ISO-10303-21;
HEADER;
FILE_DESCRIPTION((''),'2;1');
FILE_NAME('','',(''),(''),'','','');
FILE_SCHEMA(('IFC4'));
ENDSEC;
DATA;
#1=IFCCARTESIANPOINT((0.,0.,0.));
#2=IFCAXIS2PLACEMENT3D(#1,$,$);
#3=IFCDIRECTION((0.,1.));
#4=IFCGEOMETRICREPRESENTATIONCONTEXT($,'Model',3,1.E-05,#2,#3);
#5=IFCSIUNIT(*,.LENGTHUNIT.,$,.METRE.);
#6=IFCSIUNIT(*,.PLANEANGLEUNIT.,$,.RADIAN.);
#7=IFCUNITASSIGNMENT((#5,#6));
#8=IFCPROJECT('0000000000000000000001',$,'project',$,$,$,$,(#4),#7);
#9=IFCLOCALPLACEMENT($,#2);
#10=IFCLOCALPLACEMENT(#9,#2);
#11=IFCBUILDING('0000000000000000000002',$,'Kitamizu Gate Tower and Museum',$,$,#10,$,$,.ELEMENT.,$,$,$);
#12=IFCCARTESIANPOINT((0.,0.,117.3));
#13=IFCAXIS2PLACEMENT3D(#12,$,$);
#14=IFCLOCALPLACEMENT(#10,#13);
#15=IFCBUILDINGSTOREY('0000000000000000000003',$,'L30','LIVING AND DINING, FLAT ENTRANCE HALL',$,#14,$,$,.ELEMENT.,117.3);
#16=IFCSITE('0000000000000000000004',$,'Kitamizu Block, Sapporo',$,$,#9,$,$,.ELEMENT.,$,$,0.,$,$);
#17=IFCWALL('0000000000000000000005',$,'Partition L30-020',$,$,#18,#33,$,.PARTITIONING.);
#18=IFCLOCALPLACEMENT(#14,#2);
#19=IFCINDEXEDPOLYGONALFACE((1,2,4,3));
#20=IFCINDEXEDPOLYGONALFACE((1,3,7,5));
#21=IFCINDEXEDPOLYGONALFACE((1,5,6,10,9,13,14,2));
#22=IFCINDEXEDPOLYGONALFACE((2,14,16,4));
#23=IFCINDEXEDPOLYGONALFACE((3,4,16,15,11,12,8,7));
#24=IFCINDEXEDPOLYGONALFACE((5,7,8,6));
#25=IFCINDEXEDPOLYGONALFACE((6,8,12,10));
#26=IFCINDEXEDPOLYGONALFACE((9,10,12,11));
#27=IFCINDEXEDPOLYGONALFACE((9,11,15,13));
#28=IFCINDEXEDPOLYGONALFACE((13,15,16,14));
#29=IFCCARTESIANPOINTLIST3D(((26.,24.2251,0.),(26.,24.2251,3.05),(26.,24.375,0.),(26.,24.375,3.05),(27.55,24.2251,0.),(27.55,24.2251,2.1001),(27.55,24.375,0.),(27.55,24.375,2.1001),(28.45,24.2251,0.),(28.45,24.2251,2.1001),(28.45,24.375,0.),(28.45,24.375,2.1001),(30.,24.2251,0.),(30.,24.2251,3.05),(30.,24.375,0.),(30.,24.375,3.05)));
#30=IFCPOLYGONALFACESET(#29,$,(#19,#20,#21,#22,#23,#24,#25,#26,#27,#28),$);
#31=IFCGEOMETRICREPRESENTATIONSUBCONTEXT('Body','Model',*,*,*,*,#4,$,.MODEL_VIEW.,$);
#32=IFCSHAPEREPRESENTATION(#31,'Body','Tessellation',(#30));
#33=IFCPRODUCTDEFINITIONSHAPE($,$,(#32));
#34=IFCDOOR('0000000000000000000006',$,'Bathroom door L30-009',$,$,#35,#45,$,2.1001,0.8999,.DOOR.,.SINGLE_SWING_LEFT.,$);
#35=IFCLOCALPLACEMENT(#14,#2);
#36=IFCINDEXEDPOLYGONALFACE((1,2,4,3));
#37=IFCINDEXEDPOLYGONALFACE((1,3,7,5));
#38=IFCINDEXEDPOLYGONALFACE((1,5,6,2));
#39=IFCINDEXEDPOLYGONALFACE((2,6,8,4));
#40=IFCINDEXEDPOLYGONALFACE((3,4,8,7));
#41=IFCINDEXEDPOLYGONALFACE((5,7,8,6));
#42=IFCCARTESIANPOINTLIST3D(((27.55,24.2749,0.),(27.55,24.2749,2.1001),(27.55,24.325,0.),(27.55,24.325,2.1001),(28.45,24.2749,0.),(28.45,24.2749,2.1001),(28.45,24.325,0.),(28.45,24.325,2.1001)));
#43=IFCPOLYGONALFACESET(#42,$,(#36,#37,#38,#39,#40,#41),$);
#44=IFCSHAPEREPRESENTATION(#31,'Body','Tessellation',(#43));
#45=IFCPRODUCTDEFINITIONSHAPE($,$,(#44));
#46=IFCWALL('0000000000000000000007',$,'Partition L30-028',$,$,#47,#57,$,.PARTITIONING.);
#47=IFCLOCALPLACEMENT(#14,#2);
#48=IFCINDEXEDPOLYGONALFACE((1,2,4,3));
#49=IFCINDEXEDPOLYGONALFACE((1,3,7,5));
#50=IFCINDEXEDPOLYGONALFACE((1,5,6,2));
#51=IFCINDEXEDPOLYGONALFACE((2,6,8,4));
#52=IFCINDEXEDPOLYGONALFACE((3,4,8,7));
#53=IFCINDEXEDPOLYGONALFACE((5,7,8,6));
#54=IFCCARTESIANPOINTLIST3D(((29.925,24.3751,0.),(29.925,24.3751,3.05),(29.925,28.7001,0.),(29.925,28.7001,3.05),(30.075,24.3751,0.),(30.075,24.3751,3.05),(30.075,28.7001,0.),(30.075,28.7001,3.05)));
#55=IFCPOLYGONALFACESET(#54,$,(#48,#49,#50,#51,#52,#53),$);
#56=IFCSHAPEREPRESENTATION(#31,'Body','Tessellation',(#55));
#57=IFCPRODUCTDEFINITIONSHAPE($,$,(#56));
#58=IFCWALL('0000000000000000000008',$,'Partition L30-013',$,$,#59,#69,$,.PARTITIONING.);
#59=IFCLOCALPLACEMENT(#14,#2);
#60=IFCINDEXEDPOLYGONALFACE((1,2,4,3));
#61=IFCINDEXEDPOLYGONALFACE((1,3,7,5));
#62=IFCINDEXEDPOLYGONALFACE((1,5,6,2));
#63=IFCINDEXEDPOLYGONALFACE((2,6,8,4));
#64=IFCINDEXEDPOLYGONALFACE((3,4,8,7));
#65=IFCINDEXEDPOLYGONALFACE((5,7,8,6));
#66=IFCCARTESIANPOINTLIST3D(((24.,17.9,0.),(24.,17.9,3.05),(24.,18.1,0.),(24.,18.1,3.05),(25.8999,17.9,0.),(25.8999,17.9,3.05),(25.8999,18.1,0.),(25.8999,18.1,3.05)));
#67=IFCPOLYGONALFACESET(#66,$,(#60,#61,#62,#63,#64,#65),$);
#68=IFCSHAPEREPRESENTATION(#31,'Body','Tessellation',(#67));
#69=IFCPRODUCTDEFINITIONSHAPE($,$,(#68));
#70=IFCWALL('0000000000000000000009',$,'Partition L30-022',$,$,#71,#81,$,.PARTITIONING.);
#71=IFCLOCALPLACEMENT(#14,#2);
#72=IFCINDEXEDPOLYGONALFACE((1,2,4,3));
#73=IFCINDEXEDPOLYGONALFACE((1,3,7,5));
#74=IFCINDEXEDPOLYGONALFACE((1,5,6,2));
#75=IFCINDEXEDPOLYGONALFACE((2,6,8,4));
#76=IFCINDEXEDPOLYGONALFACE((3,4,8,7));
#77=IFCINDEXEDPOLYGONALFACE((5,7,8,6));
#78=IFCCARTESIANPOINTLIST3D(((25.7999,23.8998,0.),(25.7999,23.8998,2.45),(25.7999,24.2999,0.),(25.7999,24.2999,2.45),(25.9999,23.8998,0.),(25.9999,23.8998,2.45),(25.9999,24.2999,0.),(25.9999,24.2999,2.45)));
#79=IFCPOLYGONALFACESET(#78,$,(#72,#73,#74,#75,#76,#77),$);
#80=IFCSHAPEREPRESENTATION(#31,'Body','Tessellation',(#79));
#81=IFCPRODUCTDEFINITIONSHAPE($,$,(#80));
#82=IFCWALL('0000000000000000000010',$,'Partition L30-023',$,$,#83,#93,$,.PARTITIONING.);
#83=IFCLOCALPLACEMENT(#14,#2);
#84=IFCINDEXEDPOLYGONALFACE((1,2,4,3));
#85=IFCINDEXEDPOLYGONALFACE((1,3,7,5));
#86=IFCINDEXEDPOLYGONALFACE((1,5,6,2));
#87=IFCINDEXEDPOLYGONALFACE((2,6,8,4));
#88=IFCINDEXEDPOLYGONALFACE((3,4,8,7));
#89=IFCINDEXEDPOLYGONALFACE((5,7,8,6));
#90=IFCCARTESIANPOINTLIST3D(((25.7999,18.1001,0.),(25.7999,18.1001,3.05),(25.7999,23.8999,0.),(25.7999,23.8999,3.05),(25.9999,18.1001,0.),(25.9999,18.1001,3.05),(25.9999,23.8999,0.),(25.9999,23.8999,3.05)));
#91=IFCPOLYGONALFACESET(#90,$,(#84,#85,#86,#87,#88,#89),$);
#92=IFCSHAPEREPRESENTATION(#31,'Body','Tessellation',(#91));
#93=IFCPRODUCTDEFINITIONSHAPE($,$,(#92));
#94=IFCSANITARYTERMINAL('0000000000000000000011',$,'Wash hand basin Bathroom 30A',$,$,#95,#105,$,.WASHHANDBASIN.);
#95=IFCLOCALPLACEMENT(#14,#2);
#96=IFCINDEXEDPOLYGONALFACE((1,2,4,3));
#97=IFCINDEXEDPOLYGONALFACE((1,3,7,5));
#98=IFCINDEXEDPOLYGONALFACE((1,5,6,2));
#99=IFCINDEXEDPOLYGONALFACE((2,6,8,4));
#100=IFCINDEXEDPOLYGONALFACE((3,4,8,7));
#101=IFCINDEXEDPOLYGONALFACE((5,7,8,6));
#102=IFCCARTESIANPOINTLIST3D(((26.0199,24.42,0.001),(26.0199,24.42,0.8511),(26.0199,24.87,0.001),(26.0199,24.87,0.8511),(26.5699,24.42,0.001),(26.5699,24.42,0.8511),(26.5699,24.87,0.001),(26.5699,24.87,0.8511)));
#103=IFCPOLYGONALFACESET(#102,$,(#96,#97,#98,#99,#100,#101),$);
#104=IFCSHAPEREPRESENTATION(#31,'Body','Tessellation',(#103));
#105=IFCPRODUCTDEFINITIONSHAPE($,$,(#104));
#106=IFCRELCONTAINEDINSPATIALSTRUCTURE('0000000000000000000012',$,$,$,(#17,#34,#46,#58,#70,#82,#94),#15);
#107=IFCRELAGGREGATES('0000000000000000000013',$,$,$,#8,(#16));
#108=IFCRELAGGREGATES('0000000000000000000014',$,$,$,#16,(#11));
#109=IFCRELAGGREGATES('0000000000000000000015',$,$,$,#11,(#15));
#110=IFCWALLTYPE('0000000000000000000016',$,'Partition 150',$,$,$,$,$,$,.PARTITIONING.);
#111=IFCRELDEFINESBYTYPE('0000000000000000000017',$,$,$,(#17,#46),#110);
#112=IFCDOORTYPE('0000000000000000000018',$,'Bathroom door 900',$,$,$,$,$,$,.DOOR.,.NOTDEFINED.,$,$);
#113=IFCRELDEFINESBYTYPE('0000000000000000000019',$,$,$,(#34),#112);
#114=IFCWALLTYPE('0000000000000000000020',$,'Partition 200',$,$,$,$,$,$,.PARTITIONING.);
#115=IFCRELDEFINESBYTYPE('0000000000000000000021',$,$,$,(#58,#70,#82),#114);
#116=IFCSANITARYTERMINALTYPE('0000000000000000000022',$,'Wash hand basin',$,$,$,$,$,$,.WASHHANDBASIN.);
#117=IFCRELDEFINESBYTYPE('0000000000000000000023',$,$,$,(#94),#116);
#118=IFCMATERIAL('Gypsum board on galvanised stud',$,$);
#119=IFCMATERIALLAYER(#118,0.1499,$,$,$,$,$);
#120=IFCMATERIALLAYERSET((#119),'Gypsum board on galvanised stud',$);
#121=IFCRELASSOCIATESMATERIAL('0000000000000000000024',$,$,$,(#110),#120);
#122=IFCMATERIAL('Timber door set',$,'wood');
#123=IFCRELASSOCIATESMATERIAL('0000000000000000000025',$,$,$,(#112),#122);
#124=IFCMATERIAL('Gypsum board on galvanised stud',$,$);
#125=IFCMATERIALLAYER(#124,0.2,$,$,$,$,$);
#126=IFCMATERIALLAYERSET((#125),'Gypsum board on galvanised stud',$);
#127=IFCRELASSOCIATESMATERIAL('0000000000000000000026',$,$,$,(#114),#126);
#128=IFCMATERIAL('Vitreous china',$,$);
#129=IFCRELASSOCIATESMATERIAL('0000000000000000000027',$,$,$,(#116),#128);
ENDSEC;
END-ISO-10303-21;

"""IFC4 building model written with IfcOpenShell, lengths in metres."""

from ifc_helpers import new_model, si_unit, direction, frame, frame_2d, origin, origin_2d, place, context, subcontext, project, spatial, rectangle, extrude, material, layer, layer_set, type_object, element, fill, save


model = new_model("IFC4")

# Units and contexts
model_context = context("Model", 3, precision=1e-05, world=origin(), true_north=direction((0.0, 1.0)))
body_context = subcontext(model_context, "Body", "Model", "MODEL_VIEW")
ifc_project = project(units=[si_unit("LENGTHUNIT", "METRE"), si_unit("PLANEANGLEUNIT", "RADIAN")], contexts=[model_context])

# Site, building, storey
site_placement = place(None, origin())
site = spatial("IfcSite", under=ifc_project, at=site_placement, Name="Kitamizu Block, Sapporo", CompositionType="ELEMENT", RefElevation=0.0)
building_placement = place(site_placement, origin())
building = spatial("IfcBuilding", under=site, at=building_placement, Name="Kitamizu Gate Tower and Museum", CompositionType="ELEMENT")
storey_placement = place(building_placement, frame((0.0, 0.0, 117.3)))
storey = spatial("IfcBuildingStorey", under=building, at=storey_placement, Name="L30", Description="LIVING AND DINING, FLAT ENTRANCE HALL", CompositionType="ELEMENT", Elevation=117.3)

# Wall, opening, door
ifc_material_1 = material(Name="Gypsum board on galvanised stud")
ifc_layer_1 = layer(ifc_material_1, 0.1499)
ifc_layer_set_1 = layer_set([ifc_layer_1], Name="Gypsum board on galvanised stud")
wall_type_1 = type_object("IfcWallType", Name="Partition 150", PredefinedType="PARTITIONING", material=ifc_layer_set_1)
ifc_material_2 = material(Name="Timber door set", Category="wood")
door_type_1 = type_object("IfcDoorType", Name="Bathroom door 900", OperationType="NOTDEFINED", PredefinedType="DOOR", material=ifc_material_2)
wall_1_placement = place(storey_placement, frame((30.0, 24.3, 0.0), z_axis=(0.0, 0.0, 1.0), x_axis=(-1.0, 0.0, 0.0)))
wall_1 = element("IfcWall", 1, at=wall_1_placement, inside=storey, type_object=wall_type_1, Name="Partition L30-020", PredefinedType="PARTITIONING", context=body_context, shape_type="SweptSolid", body=[
    extrude(rectangle(XDim=4.0, YDim=0.1499, at=frame_2d((2.0, 0.0))), origin(), (0.0, 0.0, 1.0), 3.05),
])
opening_1_placement = place(wall_1_placement, frame((1.55, 0.0, 0.0)))
opening_1 = element("IfcOpeningElement", 2, at=opening_1_placement, cuts=wall_1, PredefinedType="OPENING", context=body_context, shape_type="SweptSolid", body=[
    extrude(rectangle(XDim=0.8999, YDim=2.1001, at=frame_2d((0.45, 1.05))), frame((0.0, 0.085, 0.0), z_axis=(0.0, -1.0, 0.0), x_axis=(1.0, 0.0, 0.0)), (0.0, 0.0, 1.0), 0.1699),
])
door_1_placement = place(opening_1_placement, frame((0.8999, 0.0, 0.0), x_axis=(-1.0, 0.0, 0.0)))
door_1 = element("IfcDoor", 3, at=door_1_placement, inside=storey, type_object=door_type_1, Name="Bathroom door L30-009", OperationType="SINGLE_SWING_LEFT", OverallHeight=2.1001, OverallWidth=0.8999, PredefinedType="DOOR", context=body_context, shape_type="SweptSolid", body=[
    extrude(rectangle(XDim=0.8999, YDim=2.1001, at=frame_2d((0.45, 1.05))), frame((0.0, 0.0249, 0.0), z_axis=(0.0, -1.0, 0.0), x_axis=(1.0, 0.0, 0.0)), (0.0, 0.0, 1.0), 0.05),
])
fill(opening_1, door_1)

# Walls
wall_2_placement = place(storey_placement, frame((30.0, 24.375, 0.0), z_axis=(0.0, 0.0, 1.0), x_axis=(0.0, 1.0, 0.0)))
element("IfcWall", 4, at=wall_2_placement, inside=storey, type_object=wall_type_1, Name="Partition L30-028", PredefinedType="PARTITIONING", context=body_context, shape_type="SweptSolid", body=[
    extrude(rectangle(XDim=4.325, YDim=0.1499, at=frame_2d((2.1626, 0.0))), origin(), (0.0, 0.0, 1.0), 3.05),
])
ifc_material_3 = material(Name="Gypsum board on galvanised stud")
ifc_layer_2 = layer(ifc_material_3, 0.2)
ifc_layer_set_2 = layer_set([ifc_layer_2], Name="Gypsum board on galvanised stud")
wall_type_2 = type_object("IfcWallType", Name="Partition 200", PredefinedType="PARTITIONING", material=ifc_layer_set_2)
wall_3_placement = place(storey_placement, frame((25.8999, 18.0, 0.0), z_axis=(0.0, 0.0, 1.0), x_axis=(-1.0, 0.0, 0.0)))
element("IfcWall", 5, at=wall_3_placement, inside=storey, type_object=wall_type_2, Name="Partition L30-013", PredefinedType="PARTITIONING", context=body_context, shape_type="SweptSolid", body=[
    extrude(rectangle(XDim=1.8999, YDim=0.2, at=frame_2d((0.95, 0.0))), origin(), (0.0, 0.0, 1.0), 3.05),
])
wall_4_placement = place(storey_placement, frame((25.8999, 24.3, 0.0), z_axis=(0.0, 0.0, 1.0), x_axis=(0.0, -1.0, 0.0)))
element("IfcWall", 6, at=wall_4_placement, inside=storey, type_object=wall_type_2, Name="Partition L30-022", PredefinedType="PARTITIONING", context=body_context, shape_type="SweptSolid", body=[
    extrude(rectangle(XDim=0.4001, YDim=0.2, at=frame_2d((0.2002, 0.0))), origin(), (0.0, 0.0, 1.0), 2.45),
])
wall_5_placement = place(storey_placement, frame((25.8999, 23.8999, 0.0), z_axis=(0.0, 0.0, 1.0), x_axis=(0.0, -1.0, 0.0)))
element("IfcWall", 7, at=wall_5_placement, inside=storey, type_object=wall_type_2, Name="Partition L30-023", PredefinedType="PARTITIONING", context=body_context, shape_type="SweptSolid", body=[
    extrude(rectangle(XDim=5.7998, YDim=0.2, at=frame_2d((2.8999, 0.0))), origin(), (0.0, 0.0, 1.0), 3.05),
])

# Sanitary terminal
ifc_material_4 = material(Name="Vitreous china")
sanitary_terminal_type = type_object("IfcSanitaryTerminalType", Name="Wash hand basin", PredefinedType="WASHHANDBASIN", material=ifc_material_4)
sanitary_terminal_placement = place(storey_placement, frame((26.2949, 24.645, 0.001), z_axis=(0.0, 0.0, 1.0), x_axis=(1.0, 0.0, 0.0)))
element("IfcSanitaryTerminal", 8, at=sanitary_terminal_placement, inside=storey, type_object=sanitary_terminal_type, Name="Wash hand basin Bathroom 30A", PredefinedType="WASHHANDBASIN", context=body_context, shape_type="SweptSolid", body=[
    extrude(rectangle(XDim=0.55, YDim=0.45, at=origin_2d()), origin(), (0.0, 0.0, 1.0), 0.8501),
])

save(model, "model.ifc")
